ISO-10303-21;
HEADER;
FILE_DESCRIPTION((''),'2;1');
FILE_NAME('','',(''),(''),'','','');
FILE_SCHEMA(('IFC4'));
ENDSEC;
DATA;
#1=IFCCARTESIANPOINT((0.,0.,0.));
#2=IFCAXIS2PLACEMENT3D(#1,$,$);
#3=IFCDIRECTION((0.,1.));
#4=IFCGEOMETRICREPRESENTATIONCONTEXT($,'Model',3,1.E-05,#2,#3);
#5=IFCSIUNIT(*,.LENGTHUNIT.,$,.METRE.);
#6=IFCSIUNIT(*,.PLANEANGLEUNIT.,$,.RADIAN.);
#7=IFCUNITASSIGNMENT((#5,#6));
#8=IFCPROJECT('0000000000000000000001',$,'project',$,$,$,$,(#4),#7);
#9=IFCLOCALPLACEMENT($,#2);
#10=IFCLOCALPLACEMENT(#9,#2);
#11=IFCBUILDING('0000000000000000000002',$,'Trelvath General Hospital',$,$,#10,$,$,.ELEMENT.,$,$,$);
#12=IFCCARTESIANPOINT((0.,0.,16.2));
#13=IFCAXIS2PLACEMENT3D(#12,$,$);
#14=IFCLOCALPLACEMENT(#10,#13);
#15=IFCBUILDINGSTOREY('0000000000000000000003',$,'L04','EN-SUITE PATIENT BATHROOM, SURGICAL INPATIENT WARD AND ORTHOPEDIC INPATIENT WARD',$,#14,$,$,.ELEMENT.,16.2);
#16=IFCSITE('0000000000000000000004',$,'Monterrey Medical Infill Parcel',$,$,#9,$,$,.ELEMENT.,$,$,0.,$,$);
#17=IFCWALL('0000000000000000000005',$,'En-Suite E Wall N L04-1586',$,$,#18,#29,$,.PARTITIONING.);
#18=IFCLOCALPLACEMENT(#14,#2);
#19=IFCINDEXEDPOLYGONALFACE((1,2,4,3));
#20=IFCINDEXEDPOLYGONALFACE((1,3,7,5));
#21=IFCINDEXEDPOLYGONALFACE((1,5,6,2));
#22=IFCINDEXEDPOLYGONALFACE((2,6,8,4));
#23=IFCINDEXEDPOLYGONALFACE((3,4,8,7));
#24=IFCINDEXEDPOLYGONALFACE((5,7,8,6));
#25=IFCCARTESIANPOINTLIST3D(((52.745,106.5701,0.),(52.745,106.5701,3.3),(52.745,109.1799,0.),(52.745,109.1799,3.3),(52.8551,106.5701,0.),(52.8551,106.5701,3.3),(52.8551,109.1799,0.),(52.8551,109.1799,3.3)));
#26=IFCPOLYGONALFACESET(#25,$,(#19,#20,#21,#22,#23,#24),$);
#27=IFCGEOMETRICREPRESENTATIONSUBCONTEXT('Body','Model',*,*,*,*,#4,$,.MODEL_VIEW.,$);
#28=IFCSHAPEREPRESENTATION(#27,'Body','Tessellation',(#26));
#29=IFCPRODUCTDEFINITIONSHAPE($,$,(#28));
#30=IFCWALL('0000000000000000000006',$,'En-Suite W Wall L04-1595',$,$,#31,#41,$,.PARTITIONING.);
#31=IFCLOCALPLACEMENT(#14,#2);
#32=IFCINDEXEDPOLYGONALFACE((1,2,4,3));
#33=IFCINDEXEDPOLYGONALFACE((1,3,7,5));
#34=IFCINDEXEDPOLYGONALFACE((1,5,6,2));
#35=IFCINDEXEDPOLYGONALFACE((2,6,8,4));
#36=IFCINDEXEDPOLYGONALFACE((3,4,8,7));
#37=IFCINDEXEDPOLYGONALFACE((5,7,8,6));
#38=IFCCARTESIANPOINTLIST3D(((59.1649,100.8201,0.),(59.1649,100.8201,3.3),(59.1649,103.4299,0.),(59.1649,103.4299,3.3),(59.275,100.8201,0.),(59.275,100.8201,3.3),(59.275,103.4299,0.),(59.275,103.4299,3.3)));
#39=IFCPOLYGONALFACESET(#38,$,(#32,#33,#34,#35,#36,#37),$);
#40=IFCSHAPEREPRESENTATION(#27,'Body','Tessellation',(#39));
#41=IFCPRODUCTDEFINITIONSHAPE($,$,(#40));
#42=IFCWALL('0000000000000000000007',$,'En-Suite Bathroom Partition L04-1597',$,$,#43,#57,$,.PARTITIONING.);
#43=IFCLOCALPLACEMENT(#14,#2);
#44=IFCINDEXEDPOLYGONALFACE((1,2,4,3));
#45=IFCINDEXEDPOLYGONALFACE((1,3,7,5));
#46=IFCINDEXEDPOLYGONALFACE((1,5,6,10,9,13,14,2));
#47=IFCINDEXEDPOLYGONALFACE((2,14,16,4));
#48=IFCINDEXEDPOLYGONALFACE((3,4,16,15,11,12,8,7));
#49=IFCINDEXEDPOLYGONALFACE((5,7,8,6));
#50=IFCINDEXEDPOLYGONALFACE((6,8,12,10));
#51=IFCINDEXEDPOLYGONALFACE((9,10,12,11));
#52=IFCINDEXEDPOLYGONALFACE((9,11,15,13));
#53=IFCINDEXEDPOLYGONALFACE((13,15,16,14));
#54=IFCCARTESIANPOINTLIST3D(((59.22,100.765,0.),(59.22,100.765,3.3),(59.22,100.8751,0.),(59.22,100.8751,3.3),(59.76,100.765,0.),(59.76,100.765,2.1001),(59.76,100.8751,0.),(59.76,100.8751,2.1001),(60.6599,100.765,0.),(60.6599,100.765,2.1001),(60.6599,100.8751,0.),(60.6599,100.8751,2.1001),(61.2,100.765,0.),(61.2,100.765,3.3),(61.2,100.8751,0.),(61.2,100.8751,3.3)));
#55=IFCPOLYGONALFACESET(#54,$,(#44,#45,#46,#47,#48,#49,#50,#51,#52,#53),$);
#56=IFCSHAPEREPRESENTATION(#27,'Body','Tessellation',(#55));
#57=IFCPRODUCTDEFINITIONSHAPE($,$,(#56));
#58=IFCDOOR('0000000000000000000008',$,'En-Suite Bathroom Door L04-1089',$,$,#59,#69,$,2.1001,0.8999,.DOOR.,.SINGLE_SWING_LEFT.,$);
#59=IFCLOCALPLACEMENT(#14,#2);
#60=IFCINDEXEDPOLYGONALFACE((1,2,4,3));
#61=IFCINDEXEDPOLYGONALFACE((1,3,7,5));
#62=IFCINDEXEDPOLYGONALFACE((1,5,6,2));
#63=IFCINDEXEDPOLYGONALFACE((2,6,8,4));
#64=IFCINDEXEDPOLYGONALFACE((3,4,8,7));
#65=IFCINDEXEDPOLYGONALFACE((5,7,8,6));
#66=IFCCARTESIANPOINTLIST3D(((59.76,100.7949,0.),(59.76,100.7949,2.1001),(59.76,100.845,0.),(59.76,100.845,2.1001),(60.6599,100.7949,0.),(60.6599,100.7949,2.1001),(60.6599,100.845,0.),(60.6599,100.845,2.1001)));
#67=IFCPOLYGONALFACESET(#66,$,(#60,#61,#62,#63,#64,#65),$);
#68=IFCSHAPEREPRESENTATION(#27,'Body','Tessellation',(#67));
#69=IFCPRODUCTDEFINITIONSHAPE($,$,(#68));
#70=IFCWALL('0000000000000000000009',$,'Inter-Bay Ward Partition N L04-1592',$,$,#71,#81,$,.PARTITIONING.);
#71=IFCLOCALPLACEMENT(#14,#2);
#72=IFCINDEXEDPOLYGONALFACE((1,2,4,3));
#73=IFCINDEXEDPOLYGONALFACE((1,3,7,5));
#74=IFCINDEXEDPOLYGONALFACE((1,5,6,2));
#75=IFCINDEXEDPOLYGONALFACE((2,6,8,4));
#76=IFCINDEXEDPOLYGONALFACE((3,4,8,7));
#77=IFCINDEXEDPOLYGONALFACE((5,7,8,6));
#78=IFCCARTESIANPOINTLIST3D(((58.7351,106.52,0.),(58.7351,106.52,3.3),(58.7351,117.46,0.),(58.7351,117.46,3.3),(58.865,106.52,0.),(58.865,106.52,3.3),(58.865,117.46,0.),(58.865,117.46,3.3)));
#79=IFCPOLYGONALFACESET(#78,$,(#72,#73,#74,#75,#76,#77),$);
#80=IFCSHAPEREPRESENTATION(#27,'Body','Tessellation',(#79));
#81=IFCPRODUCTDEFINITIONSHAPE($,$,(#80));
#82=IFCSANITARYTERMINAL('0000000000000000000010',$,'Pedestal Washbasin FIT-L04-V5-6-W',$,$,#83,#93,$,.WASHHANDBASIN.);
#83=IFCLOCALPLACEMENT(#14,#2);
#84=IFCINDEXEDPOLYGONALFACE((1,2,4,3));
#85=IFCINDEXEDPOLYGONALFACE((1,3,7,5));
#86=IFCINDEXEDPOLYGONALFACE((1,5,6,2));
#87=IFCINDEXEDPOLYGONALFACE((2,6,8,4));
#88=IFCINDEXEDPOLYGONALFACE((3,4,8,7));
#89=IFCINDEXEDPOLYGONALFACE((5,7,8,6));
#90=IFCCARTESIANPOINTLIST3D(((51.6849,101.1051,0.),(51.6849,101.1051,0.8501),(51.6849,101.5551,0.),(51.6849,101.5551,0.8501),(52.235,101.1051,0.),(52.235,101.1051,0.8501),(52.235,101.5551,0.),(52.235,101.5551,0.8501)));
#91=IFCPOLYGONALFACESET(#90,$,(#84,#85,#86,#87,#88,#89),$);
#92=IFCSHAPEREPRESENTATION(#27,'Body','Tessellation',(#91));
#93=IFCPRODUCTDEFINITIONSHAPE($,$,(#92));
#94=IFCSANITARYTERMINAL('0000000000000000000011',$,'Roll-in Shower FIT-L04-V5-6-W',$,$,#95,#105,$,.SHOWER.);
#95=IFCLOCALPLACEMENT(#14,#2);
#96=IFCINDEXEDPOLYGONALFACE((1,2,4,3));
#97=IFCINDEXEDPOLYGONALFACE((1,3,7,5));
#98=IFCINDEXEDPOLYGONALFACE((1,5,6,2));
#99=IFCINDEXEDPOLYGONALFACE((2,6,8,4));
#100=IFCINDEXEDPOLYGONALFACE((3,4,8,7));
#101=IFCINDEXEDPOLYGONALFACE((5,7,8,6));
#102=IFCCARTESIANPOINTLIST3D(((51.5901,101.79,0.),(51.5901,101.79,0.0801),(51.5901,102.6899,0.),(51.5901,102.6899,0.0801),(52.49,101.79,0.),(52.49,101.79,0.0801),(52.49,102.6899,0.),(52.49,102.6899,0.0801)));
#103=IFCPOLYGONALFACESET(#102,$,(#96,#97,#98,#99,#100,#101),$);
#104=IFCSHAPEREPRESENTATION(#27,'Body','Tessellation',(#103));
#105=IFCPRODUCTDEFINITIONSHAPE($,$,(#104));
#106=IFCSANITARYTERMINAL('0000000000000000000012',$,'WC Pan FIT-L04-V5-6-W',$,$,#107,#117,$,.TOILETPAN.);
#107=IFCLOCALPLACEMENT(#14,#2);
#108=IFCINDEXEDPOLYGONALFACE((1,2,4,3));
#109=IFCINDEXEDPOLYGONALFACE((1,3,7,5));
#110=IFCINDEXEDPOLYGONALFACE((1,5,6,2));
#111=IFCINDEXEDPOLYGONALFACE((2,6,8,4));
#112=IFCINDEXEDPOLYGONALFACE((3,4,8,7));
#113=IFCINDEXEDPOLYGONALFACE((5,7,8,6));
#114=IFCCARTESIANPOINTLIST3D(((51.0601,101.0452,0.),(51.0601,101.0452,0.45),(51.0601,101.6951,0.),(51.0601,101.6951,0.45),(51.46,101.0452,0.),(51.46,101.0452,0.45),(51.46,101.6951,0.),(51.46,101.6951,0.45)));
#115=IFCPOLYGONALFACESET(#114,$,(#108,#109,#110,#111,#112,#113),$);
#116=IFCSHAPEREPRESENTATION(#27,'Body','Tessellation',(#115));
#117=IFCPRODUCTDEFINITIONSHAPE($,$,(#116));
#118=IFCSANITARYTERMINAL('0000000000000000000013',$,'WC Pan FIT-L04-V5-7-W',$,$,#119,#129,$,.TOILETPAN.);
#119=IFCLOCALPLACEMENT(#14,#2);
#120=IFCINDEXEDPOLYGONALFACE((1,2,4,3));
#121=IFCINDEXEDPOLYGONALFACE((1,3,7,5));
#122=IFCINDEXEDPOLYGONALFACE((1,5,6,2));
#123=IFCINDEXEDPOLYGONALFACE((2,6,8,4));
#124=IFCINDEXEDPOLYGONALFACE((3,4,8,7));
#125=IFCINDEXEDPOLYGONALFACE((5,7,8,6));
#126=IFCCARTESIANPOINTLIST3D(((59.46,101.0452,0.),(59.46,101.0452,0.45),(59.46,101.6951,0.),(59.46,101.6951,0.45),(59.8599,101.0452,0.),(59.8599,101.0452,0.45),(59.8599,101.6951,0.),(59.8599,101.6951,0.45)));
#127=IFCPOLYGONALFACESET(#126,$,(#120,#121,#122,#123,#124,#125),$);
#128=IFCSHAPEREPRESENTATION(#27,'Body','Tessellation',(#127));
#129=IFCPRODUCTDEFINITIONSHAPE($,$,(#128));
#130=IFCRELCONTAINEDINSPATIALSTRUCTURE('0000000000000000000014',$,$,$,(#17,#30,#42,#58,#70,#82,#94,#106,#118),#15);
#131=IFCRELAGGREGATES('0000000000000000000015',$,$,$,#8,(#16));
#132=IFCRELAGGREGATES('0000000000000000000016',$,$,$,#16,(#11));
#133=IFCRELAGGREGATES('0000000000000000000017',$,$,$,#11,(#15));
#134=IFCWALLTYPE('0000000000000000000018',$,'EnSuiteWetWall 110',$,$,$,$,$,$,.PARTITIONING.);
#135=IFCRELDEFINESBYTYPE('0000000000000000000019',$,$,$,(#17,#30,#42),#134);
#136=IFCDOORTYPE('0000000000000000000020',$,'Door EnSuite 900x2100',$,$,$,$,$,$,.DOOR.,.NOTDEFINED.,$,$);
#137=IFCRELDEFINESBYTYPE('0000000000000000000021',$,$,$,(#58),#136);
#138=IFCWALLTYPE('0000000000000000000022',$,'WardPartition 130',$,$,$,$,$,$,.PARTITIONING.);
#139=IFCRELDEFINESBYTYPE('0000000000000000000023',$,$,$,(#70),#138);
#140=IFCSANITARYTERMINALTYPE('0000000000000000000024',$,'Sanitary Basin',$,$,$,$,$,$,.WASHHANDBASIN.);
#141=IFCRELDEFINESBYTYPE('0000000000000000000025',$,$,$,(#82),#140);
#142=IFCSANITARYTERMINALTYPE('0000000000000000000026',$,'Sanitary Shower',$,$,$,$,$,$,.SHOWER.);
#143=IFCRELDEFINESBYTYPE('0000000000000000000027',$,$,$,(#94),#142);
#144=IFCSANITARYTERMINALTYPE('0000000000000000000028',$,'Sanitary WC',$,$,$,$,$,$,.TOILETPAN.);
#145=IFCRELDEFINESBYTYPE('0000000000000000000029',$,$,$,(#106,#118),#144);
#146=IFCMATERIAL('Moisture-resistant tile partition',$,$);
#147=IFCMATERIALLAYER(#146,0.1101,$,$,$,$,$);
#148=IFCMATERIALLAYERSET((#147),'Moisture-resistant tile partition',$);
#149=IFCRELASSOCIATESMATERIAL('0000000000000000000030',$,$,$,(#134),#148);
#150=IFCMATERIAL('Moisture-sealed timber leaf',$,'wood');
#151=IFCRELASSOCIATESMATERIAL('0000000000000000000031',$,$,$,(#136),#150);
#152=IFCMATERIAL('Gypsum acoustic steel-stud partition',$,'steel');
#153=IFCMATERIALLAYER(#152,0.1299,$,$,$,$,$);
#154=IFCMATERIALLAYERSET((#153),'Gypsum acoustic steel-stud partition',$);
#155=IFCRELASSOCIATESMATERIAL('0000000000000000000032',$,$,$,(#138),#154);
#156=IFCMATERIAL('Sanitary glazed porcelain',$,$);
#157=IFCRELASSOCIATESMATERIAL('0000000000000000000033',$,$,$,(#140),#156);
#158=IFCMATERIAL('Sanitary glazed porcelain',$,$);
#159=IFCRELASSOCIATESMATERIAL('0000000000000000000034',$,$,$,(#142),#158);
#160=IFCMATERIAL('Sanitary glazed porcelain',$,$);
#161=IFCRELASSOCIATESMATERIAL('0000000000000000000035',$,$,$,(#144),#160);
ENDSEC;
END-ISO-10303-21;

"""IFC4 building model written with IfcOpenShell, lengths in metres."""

from ifc_helpers import new_model, si_unit, direction, frame, frame_2d, origin, origin_2d, place, context, subcontext, project, spatial, rectangle, extrude, material, layer, layer_set, type_object, element, fill, save


model = new_model("IFC4")

# Units and contexts
model_context = context("Model", 3, precision=1e-05, world=origin(), true_north=direction((0.0, 1.0)))
body_context = subcontext(model_context, "Body", "Model", "MODEL_VIEW")
ifc_project = project(units=[si_unit("LENGTHUNIT", "METRE"), si_unit("PLANEANGLEUNIT", "RADIAN")], contexts=[model_context])

# Site, building, storey
site_placement = place(None, origin())
site = spatial("IfcSite", under=ifc_project, at=site_placement, Name="Monterrey Medical Infill Parcel", CompositionType="ELEMENT", RefElevation=0.0)
building_placement = place(site_placement, origin())
building = spatial("IfcBuilding", under=site, at=building_placement, Name="Trelvath General Hospital", CompositionType="ELEMENT")
storey_placement = place(building_placement, frame((0.0, 0.0, 16.2)))
storey = spatial("IfcBuildingStorey", under=building, at=storey_placement, Name="L04", Description="EN-SUITE PATIENT BATHROOM, SURGICAL INPATIENT WARD AND ORTHOPEDIC INPATIENT WARD", CompositionType="ELEMENT", Elevation=16.2)

# Shared definitions
ifc_material_1 = material(Name="Moisture-resistant tile partition")
ifc_layer_1 = layer(ifc_material_1, 0.1101)
ifc_layer_set_1 = layer_set([ifc_layer_1], Name="Moisture-resistant tile partition")
wall_type_1 = type_object("IfcWallType", Name="EnSuiteWetWall 110", PredefinedType="PARTITIONING", material=ifc_layer_set_1)

# Shared definitions
ifc_material_2 = material(Name="Moisture-sealed timber leaf", Category="wood")
door_type_1 = type_object("IfcDoorType", Name="Door EnSuite 900x2100", OperationType="NOTDEFINED", PredefinedType="DOOR", material=ifc_material_2)

# Walls
for number, where, z_axis, x_axis, name in (
    (1, (52.8, 106.5701, 0.0), (0.0, 0.0, 1.0), (0.0, 1.0, 0.0), "En-Suite E Wall N L04-1586"),
    (2, (59.22, 100.8201, 0.0), (0.0, 0.0, 1.0), (0.0, 1.0, 0.0), "En-Suite W Wall L04-1595"),
):
    element("IfcWall", number, at=place(storey_placement, frame(where, z_axis=z_axis, x_axis=x_axis)), inside=storey, type_object=wall_type_1, Name=name, PredefinedType="PARTITIONING", context=body_context, shape_type="SweptSolid", body=[
        extrude(rectangle(XDim=2.6099, YDim=0.1101, at=frame_2d((1.3049, 0.0))), origin(), (0.0, 0.0, 1.0), 3.3),
    ])

# Wall, opening, door
wall_1_placement = place(storey_placement, frame((59.22, 100.8201, 0.0), z_axis=(0.0, 0.0, 1.0), x_axis=(1.0, 0.0, 0.0)))
wall_1 = element("IfcWall", 3, at=wall_1_placement, inside=storey, type_object=wall_type_1, Name="En-Suite Bathroom Partition L04-1597", PredefinedType="PARTITIONING", context=body_context, shape_type="SweptSolid", body=[
    extrude(rectangle(XDim=1.98, YDim=0.1101, at=frame_2d((0.99, 0.0))), origin(), (0.0, 0.0, 1.0), 3.3),
])
opening_1_placement = place(wall_1_placement, frame((0.54, 0.0, 0.0)))
opening_1 = element("IfcOpeningElement", 4, at=opening_1_placement, cuts=wall_1, PredefinedType="OPENING", context=body_context, shape_type="SweptSolid", body=[
    extrude(rectangle(XDim=0.8999, YDim=2.1001, at=frame_2d((0.45, 1.05))), frame((0.0, 0.0649, 0.0), z_axis=(0.0, -1.0, 0.0), x_axis=(1.0, 0.0, 0.0)), (0.0, 0.0, 1.0), 0.1301),
])
door_1_placement = place(opening_1_placement, origin())
door_1 = element("IfcDoor", 5, at=door_1_placement, inside=storey, type_object=door_type_1, Name="En-Suite Bathroom Door L04-1089", OperationType="SINGLE_SWING_LEFT", OverallHeight=2.1001, OverallWidth=0.8999, PredefinedType="DOOR", context=body_context, shape_type="SweptSolid", body=[
    extrude(rectangle(XDim=0.8999, YDim=2.1001, at=frame_2d((0.45, 1.05))), frame((0.0, 0.0249, 0.0), z_axis=(0.0, -1.0, 0.0), x_axis=(1.0, 0.0, 0.0)), (0.0, 0.0, 1.0), 0.05),
])
fill(opening_1, door_1)

# Wall
ifc_material_3 = material(Name="Gypsum acoustic steel-stud partition", Category="steel")
ifc_layer_2 = layer(ifc_material_3, 0.1299)
ifc_layer_set_2 = layer_set([ifc_layer_2], Name="Gypsum acoustic steel-stud partition")
wall_type_2 = type_object("IfcWallType", Name="WardPartition 130", PredefinedType="PARTITIONING", material=ifc_layer_set_2)
wall_2_placement = place(storey_placement, frame((58.8, 106.52, 0.0), z_axis=(0.0, 0.0, 1.0), x_axis=(0.0, 1.0, 0.0)))
element("IfcWall", 6, at=wall_2_placement, inside=storey, type_object=wall_type_2, Name="Inter-Bay Ward Partition N L04-1592", PredefinedType="PARTITIONING", context=body_context, shape_type="SweptSolid", body=[
    extrude(rectangle(XDim=10.9399, YDim=0.1299, at=frame_2d((5.47, 0.0))), origin(), (0.0, 0.0, 1.0), 3.3),
])

# Sanitary terminals
ifc_material_4 = material(Name="Sanitary glazed porcelain")
sanitary_terminal_type_1 = type_object("IfcSanitaryTerminalType", Name="Sanitary Basin", PredefinedType="WASHHANDBASIN", material=ifc_material_4)
sanitary_terminal_1_placement = place(storey_placement, frame((51.96, 101.3301, 0.0), z_axis=(0.0, 0.0, 1.0), x_axis=(1.0, 0.0, 0.0)))
element("IfcSanitaryTerminal", 7, at=sanitary_terminal_1_placement, inside=storey, type_object=sanitary_terminal_type_1, Name="Pedestal Washbasin FIT-L04-V5-6-W", PredefinedType="WASHHANDBASIN", context=body_context, shape_type="SweptSolid", body=[
    extrude(rectangle(XDim=0.55, YDim=0.45, at=origin_2d()), origin(), (0.0, 0.0, 1.0), 0.8501),
])
ifc_material_5 = material(Name="Sanitary glazed porcelain")
sanitary_terminal_type_2 = type_object("IfcSanitaryTerminalType", Name="Sanitary Shower", PredefinedType="SHOWER", material=ifc_material_5)
sanitary_terminal_2_placement = place(storey_placement, frame((52.04, 102.24, 0.0), z_axis=(0.0, 0.0, 1.0), x_axis=(1.0, 0.0, 0.0)))
element("IfcSanitaryTerminal", 8, at=sanitary_terminal_2_placement, inside=storey, type_object=sanitary_terminal_type_2, Name="Roll-in Shower FIT-L04-V5-6-W", PredefinedType="SHOWER", context=body_context, shape_type="SweptSolid", body=[
    extrude(rectangle(XDim=0.8999, YDim=0.8999, at=origin_2d()), origin(), (0.0, 0.0, 1.0), 0.0801),
])
ifc_material_6 = material(Name="Sanitary glazed porcelain")
sanitary_terminal_type_3 = type_object("IfcSanitaryTerminalType", Name="Sanitary WC", PredefinedType="TOILETPAN", material=ifc_material_6)
for number, where, z_axis, x_axis, name in (
    (9, (51.26, 101.3701, 0.0), (0.0, 0.0, 1.0), (1.0, 0.0, 0.0), "WC Pan FIT-L04-V5-6-W"),
    (10, (59.6599, 101.3701, 0.0), (0.0, 0.0, 1.0), (1.0, 0.0, 0.0), "WC Pan FIT-L04-V5-7-W"),
):
    element("IfcSanitaryTerminal", number, at=place(storey_placement, frame(where, z_axis=z_axis, x_axis=x_axis)), inside=storey, type_object=sanitary_terminal_type_3, Name=name, PredefinedType="TOILETPAN", context=body_context, shape_type="SweptSolid", body=[
        extrude(rectangle(XDim=0.3999, YDim=0.6499, at=origin_2d()), origin(), (0.0, 0.0, 1.0), 0.45),
    ])

save(model, "model.ifc")
